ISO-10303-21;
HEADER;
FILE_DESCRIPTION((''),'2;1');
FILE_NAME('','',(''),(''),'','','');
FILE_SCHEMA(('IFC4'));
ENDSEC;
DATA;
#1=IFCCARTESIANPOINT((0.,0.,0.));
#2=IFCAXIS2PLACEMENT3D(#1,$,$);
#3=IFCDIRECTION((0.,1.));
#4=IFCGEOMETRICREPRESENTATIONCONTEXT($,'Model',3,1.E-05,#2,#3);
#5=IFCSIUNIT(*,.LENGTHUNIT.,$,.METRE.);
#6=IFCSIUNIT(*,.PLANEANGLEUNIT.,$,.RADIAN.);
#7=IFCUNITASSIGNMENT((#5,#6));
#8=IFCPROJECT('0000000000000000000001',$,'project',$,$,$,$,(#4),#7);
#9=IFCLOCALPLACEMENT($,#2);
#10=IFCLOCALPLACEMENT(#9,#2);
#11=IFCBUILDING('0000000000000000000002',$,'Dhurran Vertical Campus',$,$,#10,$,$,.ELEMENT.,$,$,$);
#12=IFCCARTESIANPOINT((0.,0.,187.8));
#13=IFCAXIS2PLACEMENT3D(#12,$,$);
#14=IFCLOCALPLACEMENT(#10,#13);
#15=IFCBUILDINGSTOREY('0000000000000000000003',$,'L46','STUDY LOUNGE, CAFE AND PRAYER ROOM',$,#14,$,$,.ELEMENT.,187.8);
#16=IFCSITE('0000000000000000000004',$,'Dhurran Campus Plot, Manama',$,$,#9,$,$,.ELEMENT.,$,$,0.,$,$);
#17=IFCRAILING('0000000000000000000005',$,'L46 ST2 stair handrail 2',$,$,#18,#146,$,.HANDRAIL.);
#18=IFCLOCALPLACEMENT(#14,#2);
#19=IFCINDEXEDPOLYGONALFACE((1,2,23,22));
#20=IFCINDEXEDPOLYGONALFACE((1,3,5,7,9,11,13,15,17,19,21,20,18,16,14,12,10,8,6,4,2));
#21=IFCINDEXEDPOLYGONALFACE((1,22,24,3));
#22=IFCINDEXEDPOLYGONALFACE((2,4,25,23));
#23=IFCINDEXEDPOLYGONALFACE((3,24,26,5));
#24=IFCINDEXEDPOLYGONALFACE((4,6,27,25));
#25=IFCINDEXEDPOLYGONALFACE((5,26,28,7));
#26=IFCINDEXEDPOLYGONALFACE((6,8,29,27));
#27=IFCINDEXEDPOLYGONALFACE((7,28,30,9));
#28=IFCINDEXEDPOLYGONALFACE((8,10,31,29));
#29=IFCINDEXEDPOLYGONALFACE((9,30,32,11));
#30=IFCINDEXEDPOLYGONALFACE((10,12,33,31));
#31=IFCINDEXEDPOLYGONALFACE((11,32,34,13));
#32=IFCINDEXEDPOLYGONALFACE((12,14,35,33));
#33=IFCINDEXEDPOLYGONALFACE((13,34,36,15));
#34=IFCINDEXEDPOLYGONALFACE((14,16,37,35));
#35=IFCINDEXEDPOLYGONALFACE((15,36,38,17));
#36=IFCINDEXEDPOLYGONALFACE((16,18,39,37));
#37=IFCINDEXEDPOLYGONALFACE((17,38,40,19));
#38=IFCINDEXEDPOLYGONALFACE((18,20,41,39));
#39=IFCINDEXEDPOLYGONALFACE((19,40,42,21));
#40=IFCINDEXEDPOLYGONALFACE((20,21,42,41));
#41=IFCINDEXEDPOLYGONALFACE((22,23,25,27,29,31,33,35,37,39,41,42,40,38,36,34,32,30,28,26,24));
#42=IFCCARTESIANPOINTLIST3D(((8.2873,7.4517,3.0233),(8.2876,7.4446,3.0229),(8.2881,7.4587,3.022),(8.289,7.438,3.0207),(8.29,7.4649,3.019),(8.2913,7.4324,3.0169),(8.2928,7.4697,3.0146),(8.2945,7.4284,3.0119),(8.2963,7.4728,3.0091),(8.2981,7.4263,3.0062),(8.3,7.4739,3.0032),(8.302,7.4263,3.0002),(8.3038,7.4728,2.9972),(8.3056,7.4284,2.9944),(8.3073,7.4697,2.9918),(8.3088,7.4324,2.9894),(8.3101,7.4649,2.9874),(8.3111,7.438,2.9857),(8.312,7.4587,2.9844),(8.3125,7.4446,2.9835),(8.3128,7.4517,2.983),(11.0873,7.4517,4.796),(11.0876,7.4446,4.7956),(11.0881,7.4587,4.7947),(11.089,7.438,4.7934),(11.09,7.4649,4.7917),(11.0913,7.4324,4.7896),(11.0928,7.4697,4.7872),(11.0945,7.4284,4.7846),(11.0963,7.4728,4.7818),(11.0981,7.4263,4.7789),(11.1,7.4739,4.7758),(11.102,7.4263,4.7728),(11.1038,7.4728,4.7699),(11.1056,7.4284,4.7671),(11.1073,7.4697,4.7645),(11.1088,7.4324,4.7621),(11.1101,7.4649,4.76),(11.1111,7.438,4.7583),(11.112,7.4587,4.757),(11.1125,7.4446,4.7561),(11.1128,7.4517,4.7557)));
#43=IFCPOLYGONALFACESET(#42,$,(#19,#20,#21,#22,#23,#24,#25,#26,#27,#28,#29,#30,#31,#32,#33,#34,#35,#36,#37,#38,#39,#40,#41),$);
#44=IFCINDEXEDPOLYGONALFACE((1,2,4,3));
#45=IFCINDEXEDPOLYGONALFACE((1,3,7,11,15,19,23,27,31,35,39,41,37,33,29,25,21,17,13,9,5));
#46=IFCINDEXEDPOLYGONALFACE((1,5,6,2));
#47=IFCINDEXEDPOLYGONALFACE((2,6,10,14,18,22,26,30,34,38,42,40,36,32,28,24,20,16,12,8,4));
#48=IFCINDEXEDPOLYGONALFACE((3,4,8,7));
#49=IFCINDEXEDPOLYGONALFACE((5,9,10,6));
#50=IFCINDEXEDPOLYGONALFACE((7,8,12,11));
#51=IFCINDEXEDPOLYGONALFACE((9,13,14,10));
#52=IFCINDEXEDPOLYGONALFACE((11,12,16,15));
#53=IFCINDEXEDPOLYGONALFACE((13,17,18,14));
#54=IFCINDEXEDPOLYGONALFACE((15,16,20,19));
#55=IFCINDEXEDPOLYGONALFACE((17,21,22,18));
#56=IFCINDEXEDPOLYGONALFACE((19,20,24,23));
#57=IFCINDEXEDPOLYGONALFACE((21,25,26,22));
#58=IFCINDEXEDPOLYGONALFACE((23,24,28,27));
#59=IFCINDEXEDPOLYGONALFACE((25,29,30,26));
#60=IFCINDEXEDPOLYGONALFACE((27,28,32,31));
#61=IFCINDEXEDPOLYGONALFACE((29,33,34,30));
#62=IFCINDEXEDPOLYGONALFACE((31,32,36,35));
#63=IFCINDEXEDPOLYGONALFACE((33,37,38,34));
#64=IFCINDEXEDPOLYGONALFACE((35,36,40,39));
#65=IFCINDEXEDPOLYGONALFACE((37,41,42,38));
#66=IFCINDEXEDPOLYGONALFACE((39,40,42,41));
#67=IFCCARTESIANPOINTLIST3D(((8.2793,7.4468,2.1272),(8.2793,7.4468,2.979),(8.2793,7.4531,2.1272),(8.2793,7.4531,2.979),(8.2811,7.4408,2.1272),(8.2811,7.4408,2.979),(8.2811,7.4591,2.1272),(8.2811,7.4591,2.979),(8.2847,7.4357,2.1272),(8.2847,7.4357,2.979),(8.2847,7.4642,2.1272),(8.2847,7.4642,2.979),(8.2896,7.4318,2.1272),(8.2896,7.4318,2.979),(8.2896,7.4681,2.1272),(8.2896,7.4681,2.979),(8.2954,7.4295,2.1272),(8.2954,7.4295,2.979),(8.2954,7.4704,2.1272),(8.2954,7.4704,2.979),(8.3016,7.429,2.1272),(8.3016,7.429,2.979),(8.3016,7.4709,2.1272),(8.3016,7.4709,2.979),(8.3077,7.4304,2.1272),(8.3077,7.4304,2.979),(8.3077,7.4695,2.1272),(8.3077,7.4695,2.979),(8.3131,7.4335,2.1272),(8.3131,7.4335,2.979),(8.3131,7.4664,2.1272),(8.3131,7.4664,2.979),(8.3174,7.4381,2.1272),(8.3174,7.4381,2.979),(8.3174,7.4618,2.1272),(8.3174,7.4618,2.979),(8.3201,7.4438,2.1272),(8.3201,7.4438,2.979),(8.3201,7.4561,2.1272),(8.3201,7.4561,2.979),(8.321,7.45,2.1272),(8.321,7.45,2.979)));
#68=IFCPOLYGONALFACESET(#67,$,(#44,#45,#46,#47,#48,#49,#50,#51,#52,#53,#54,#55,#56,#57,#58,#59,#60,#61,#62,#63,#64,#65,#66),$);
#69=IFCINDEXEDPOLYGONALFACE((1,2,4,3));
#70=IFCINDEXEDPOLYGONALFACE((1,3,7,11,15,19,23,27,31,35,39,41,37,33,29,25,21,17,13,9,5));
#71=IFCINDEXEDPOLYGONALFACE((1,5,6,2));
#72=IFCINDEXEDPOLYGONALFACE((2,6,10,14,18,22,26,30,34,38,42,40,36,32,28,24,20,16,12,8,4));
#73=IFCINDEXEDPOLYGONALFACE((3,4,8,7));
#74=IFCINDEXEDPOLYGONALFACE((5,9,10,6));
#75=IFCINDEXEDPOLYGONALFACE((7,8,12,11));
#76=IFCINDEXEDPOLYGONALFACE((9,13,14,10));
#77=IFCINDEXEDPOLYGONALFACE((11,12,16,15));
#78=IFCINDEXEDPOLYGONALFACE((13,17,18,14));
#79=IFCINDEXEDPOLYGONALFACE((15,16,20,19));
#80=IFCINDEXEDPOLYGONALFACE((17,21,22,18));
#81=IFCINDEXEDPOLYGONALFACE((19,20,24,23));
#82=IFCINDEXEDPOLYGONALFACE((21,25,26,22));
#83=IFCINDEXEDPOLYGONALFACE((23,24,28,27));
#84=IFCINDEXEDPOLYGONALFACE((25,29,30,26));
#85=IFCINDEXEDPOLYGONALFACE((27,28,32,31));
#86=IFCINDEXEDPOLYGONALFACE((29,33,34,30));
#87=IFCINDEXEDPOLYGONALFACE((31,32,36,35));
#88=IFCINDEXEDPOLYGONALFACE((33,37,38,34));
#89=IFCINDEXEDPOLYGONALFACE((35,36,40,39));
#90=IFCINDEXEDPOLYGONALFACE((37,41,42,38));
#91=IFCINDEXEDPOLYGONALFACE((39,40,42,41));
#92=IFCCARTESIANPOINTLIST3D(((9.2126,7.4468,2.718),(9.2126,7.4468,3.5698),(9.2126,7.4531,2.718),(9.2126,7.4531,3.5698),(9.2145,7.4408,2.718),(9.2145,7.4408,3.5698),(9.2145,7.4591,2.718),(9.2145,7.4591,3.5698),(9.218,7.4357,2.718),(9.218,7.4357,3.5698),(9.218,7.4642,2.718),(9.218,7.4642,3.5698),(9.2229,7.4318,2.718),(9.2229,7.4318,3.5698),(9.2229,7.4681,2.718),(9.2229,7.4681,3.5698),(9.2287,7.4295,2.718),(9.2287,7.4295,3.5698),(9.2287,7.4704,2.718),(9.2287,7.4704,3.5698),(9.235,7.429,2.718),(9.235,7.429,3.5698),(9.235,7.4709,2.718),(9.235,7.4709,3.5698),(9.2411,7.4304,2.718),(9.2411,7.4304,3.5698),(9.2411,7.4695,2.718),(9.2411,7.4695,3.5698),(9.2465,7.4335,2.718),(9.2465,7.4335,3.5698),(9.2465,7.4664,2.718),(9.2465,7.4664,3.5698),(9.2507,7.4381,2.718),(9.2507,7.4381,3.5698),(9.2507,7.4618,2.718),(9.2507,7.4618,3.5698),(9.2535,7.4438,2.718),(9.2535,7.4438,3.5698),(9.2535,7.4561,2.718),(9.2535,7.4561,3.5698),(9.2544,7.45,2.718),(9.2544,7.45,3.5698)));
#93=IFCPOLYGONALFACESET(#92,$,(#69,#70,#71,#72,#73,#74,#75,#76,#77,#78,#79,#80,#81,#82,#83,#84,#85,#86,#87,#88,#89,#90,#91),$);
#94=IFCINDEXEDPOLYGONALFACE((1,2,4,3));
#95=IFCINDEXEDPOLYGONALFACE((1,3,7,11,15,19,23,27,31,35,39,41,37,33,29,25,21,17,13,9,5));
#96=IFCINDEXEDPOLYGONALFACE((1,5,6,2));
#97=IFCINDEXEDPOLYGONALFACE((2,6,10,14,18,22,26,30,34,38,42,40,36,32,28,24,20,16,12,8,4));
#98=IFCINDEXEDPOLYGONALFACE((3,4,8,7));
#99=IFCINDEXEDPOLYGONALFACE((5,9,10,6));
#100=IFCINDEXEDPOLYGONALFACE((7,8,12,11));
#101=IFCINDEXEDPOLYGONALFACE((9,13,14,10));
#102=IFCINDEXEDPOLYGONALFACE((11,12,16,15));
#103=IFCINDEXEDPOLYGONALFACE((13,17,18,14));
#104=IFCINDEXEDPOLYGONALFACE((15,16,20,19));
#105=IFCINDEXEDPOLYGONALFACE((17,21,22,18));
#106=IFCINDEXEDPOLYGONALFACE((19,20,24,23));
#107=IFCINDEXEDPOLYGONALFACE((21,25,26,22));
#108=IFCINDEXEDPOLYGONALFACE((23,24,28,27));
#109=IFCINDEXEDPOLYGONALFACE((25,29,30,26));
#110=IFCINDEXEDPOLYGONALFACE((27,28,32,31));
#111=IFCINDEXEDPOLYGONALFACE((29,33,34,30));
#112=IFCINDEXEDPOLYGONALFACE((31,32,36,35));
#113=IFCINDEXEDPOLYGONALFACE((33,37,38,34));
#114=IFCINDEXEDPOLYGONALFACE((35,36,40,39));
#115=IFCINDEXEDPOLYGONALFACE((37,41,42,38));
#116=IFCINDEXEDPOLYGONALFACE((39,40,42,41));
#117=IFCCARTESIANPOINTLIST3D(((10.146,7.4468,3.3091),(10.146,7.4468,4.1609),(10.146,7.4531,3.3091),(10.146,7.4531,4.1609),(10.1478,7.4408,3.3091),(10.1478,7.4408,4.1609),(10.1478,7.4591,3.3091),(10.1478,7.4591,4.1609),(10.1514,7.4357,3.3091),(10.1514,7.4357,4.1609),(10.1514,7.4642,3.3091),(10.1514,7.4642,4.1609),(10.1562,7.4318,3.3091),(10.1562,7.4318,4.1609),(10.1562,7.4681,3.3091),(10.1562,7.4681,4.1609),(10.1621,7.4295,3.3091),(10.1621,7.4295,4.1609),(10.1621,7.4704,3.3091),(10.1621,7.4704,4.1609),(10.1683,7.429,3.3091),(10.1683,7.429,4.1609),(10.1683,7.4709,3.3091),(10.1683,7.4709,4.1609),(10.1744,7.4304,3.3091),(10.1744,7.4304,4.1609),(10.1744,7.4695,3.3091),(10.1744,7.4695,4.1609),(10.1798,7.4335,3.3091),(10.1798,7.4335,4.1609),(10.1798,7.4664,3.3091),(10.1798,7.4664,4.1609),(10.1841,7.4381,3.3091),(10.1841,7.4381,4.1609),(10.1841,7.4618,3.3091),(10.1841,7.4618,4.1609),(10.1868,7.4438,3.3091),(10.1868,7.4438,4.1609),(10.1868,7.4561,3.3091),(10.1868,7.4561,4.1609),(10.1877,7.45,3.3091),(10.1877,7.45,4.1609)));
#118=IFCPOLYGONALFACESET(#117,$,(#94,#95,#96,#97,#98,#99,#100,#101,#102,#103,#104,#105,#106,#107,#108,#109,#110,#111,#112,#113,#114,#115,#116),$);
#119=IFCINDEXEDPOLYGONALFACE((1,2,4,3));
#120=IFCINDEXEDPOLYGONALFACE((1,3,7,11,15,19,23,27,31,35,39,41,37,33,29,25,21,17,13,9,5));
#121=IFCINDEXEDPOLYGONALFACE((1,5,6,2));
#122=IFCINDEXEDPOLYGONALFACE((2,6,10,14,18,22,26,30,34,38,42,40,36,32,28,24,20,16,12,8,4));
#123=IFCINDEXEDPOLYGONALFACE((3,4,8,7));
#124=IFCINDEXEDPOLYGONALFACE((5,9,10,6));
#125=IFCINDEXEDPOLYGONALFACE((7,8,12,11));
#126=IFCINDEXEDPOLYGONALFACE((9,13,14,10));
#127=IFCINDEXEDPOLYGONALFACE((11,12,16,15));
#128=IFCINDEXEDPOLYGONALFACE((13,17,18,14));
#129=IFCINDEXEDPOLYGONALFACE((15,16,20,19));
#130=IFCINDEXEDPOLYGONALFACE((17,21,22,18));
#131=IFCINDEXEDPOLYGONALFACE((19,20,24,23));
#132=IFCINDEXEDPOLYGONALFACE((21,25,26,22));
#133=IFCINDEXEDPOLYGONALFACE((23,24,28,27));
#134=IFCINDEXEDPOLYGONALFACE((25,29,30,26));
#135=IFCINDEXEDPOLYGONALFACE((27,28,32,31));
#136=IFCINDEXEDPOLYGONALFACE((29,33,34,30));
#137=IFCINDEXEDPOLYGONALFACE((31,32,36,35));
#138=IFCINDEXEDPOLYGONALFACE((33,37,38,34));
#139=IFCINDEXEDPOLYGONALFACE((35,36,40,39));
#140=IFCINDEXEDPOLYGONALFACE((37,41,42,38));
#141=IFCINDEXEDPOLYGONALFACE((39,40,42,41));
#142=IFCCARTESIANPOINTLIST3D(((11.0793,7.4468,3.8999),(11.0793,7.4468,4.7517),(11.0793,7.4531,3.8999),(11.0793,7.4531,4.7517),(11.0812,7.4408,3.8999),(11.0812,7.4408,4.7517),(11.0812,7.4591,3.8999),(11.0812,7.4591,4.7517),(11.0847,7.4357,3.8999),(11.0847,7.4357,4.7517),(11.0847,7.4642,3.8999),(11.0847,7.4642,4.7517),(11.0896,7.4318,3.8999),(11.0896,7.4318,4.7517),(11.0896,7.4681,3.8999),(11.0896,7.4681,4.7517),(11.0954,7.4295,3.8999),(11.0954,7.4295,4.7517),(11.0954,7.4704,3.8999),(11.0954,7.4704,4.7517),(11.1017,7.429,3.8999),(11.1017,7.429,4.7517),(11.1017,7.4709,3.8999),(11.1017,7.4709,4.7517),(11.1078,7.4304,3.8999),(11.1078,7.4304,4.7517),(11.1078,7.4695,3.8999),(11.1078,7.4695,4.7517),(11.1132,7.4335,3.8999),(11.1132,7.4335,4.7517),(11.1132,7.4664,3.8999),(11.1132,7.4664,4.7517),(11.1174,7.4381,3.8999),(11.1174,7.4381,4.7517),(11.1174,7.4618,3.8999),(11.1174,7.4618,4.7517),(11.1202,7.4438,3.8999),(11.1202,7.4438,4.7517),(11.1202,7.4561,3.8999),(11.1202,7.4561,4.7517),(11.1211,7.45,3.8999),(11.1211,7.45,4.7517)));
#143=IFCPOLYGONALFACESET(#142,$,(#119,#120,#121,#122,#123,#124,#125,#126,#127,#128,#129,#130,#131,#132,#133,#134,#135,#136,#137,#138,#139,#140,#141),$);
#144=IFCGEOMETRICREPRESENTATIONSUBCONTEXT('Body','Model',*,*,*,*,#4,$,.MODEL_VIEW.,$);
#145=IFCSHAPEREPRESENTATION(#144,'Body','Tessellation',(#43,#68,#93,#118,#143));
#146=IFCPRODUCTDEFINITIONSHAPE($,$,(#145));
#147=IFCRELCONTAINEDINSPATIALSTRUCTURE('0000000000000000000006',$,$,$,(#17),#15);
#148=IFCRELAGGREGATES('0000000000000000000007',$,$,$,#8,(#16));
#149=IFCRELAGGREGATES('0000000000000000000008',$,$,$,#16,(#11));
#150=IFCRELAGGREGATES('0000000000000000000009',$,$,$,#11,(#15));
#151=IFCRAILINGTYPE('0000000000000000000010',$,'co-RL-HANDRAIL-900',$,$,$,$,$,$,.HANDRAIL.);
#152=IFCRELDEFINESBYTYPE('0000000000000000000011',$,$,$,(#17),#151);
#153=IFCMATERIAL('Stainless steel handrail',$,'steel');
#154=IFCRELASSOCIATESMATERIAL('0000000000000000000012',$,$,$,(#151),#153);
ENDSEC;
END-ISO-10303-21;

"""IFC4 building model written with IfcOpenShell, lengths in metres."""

from ifc_helpers import new_model, si_unit, direction, frame, origin, origin_2d, place, context, subcontext, project, spatial, circle, extrude, material, type_object, element, save


model = new_model("IFC4")

# Units and contexts
model_context = context("Model", 3, precision=1e-05, world=origin(), true_north=direction((0.0, 1.0)))
body_context = subcontext(model_context, "Body", "Model", "MODEL_VIEW")
ifc_project = project(units=[si_unit("LENGTHUNIT", "METRE"), si_unit("PLANEANGLEUNIT", "RADIAN")], contexts=[model_context])

# Site, building, storey
site_placement = place(None, origin())
site = spatial("IfcSite", under=ifc_project, at=site_placement, Name="Dhurran Campus Plot, Manama", CompositionType="ELEMENT", RefElevation=0.0)
building_placement = place(site_placement, origin())
building = spatial("IfcBuilding", under=site, at=building_placement, Name="Dhurran Vertical Campus", CompositionType="ELEMENT")
storey_placement = place(building_placement, frame((0.0, 0.0, 187.8)))
storey = spatial("IfcBuildingStorey", under=building, at=storey_placement, Name="L46", Description="STUDY LOUNGE, CAFE AND PRAYER ROOM", CompositionType="ELEMENT", Elevation=187.8)

# Railing
ifc_material_1 = material(Name="Stainless steel handrail", Category="steel")
railing_type_1 = type_object("IfcRailingType", Name="co-RL-HANDRAIL-900", PredefinedType="HANDRAIL", material=ifc_material_1)
railing_1_placement = place(storey_placement, frame((8.3, 7.45, 2.1272)))
element("IfcRailing", 1, at=railing_1_placement, inside=storey, type_object=railing_type_1, Name="L46 ST2 stair handrail 2", PredefinedType="HANDRAIL", context=body_context, shape_type="SweptSolid", body=[
    extrude(circle(Radius=0.0239, at=origin_2d()), frame((0.0, 0.0, 0.876), z_axis=(0.844909, 0.0, 0.53491), x_axis=(0.0, 1.0, 0.0)), (0.0, 0.0, 1.0), 3.314),
    extrude(circle(Radius=0.021, at=origin_2d()), origin(), (0.0, 0.0, 1.0), 0.8518),
    extrude(circle(Radius=0.021, at=origin_2d()), frame((0.9333, 0.0, 0.5908)), (0.0, 0.0, 1.0), 0.8518),
    extrude(circle(Radius=0.021, at=origin_2d()), frame((1.8667, 0.0, 1.1819)), (0.0, 0.0, 1.0), 0.8518),
    extrude(circle(Radius=0.021, at=origin_2d()), frame((2.8, 0.0, 1.7727)), (0.0, 0.0, 1.0), 0.8518),
])

save(model, "model.ifc")
